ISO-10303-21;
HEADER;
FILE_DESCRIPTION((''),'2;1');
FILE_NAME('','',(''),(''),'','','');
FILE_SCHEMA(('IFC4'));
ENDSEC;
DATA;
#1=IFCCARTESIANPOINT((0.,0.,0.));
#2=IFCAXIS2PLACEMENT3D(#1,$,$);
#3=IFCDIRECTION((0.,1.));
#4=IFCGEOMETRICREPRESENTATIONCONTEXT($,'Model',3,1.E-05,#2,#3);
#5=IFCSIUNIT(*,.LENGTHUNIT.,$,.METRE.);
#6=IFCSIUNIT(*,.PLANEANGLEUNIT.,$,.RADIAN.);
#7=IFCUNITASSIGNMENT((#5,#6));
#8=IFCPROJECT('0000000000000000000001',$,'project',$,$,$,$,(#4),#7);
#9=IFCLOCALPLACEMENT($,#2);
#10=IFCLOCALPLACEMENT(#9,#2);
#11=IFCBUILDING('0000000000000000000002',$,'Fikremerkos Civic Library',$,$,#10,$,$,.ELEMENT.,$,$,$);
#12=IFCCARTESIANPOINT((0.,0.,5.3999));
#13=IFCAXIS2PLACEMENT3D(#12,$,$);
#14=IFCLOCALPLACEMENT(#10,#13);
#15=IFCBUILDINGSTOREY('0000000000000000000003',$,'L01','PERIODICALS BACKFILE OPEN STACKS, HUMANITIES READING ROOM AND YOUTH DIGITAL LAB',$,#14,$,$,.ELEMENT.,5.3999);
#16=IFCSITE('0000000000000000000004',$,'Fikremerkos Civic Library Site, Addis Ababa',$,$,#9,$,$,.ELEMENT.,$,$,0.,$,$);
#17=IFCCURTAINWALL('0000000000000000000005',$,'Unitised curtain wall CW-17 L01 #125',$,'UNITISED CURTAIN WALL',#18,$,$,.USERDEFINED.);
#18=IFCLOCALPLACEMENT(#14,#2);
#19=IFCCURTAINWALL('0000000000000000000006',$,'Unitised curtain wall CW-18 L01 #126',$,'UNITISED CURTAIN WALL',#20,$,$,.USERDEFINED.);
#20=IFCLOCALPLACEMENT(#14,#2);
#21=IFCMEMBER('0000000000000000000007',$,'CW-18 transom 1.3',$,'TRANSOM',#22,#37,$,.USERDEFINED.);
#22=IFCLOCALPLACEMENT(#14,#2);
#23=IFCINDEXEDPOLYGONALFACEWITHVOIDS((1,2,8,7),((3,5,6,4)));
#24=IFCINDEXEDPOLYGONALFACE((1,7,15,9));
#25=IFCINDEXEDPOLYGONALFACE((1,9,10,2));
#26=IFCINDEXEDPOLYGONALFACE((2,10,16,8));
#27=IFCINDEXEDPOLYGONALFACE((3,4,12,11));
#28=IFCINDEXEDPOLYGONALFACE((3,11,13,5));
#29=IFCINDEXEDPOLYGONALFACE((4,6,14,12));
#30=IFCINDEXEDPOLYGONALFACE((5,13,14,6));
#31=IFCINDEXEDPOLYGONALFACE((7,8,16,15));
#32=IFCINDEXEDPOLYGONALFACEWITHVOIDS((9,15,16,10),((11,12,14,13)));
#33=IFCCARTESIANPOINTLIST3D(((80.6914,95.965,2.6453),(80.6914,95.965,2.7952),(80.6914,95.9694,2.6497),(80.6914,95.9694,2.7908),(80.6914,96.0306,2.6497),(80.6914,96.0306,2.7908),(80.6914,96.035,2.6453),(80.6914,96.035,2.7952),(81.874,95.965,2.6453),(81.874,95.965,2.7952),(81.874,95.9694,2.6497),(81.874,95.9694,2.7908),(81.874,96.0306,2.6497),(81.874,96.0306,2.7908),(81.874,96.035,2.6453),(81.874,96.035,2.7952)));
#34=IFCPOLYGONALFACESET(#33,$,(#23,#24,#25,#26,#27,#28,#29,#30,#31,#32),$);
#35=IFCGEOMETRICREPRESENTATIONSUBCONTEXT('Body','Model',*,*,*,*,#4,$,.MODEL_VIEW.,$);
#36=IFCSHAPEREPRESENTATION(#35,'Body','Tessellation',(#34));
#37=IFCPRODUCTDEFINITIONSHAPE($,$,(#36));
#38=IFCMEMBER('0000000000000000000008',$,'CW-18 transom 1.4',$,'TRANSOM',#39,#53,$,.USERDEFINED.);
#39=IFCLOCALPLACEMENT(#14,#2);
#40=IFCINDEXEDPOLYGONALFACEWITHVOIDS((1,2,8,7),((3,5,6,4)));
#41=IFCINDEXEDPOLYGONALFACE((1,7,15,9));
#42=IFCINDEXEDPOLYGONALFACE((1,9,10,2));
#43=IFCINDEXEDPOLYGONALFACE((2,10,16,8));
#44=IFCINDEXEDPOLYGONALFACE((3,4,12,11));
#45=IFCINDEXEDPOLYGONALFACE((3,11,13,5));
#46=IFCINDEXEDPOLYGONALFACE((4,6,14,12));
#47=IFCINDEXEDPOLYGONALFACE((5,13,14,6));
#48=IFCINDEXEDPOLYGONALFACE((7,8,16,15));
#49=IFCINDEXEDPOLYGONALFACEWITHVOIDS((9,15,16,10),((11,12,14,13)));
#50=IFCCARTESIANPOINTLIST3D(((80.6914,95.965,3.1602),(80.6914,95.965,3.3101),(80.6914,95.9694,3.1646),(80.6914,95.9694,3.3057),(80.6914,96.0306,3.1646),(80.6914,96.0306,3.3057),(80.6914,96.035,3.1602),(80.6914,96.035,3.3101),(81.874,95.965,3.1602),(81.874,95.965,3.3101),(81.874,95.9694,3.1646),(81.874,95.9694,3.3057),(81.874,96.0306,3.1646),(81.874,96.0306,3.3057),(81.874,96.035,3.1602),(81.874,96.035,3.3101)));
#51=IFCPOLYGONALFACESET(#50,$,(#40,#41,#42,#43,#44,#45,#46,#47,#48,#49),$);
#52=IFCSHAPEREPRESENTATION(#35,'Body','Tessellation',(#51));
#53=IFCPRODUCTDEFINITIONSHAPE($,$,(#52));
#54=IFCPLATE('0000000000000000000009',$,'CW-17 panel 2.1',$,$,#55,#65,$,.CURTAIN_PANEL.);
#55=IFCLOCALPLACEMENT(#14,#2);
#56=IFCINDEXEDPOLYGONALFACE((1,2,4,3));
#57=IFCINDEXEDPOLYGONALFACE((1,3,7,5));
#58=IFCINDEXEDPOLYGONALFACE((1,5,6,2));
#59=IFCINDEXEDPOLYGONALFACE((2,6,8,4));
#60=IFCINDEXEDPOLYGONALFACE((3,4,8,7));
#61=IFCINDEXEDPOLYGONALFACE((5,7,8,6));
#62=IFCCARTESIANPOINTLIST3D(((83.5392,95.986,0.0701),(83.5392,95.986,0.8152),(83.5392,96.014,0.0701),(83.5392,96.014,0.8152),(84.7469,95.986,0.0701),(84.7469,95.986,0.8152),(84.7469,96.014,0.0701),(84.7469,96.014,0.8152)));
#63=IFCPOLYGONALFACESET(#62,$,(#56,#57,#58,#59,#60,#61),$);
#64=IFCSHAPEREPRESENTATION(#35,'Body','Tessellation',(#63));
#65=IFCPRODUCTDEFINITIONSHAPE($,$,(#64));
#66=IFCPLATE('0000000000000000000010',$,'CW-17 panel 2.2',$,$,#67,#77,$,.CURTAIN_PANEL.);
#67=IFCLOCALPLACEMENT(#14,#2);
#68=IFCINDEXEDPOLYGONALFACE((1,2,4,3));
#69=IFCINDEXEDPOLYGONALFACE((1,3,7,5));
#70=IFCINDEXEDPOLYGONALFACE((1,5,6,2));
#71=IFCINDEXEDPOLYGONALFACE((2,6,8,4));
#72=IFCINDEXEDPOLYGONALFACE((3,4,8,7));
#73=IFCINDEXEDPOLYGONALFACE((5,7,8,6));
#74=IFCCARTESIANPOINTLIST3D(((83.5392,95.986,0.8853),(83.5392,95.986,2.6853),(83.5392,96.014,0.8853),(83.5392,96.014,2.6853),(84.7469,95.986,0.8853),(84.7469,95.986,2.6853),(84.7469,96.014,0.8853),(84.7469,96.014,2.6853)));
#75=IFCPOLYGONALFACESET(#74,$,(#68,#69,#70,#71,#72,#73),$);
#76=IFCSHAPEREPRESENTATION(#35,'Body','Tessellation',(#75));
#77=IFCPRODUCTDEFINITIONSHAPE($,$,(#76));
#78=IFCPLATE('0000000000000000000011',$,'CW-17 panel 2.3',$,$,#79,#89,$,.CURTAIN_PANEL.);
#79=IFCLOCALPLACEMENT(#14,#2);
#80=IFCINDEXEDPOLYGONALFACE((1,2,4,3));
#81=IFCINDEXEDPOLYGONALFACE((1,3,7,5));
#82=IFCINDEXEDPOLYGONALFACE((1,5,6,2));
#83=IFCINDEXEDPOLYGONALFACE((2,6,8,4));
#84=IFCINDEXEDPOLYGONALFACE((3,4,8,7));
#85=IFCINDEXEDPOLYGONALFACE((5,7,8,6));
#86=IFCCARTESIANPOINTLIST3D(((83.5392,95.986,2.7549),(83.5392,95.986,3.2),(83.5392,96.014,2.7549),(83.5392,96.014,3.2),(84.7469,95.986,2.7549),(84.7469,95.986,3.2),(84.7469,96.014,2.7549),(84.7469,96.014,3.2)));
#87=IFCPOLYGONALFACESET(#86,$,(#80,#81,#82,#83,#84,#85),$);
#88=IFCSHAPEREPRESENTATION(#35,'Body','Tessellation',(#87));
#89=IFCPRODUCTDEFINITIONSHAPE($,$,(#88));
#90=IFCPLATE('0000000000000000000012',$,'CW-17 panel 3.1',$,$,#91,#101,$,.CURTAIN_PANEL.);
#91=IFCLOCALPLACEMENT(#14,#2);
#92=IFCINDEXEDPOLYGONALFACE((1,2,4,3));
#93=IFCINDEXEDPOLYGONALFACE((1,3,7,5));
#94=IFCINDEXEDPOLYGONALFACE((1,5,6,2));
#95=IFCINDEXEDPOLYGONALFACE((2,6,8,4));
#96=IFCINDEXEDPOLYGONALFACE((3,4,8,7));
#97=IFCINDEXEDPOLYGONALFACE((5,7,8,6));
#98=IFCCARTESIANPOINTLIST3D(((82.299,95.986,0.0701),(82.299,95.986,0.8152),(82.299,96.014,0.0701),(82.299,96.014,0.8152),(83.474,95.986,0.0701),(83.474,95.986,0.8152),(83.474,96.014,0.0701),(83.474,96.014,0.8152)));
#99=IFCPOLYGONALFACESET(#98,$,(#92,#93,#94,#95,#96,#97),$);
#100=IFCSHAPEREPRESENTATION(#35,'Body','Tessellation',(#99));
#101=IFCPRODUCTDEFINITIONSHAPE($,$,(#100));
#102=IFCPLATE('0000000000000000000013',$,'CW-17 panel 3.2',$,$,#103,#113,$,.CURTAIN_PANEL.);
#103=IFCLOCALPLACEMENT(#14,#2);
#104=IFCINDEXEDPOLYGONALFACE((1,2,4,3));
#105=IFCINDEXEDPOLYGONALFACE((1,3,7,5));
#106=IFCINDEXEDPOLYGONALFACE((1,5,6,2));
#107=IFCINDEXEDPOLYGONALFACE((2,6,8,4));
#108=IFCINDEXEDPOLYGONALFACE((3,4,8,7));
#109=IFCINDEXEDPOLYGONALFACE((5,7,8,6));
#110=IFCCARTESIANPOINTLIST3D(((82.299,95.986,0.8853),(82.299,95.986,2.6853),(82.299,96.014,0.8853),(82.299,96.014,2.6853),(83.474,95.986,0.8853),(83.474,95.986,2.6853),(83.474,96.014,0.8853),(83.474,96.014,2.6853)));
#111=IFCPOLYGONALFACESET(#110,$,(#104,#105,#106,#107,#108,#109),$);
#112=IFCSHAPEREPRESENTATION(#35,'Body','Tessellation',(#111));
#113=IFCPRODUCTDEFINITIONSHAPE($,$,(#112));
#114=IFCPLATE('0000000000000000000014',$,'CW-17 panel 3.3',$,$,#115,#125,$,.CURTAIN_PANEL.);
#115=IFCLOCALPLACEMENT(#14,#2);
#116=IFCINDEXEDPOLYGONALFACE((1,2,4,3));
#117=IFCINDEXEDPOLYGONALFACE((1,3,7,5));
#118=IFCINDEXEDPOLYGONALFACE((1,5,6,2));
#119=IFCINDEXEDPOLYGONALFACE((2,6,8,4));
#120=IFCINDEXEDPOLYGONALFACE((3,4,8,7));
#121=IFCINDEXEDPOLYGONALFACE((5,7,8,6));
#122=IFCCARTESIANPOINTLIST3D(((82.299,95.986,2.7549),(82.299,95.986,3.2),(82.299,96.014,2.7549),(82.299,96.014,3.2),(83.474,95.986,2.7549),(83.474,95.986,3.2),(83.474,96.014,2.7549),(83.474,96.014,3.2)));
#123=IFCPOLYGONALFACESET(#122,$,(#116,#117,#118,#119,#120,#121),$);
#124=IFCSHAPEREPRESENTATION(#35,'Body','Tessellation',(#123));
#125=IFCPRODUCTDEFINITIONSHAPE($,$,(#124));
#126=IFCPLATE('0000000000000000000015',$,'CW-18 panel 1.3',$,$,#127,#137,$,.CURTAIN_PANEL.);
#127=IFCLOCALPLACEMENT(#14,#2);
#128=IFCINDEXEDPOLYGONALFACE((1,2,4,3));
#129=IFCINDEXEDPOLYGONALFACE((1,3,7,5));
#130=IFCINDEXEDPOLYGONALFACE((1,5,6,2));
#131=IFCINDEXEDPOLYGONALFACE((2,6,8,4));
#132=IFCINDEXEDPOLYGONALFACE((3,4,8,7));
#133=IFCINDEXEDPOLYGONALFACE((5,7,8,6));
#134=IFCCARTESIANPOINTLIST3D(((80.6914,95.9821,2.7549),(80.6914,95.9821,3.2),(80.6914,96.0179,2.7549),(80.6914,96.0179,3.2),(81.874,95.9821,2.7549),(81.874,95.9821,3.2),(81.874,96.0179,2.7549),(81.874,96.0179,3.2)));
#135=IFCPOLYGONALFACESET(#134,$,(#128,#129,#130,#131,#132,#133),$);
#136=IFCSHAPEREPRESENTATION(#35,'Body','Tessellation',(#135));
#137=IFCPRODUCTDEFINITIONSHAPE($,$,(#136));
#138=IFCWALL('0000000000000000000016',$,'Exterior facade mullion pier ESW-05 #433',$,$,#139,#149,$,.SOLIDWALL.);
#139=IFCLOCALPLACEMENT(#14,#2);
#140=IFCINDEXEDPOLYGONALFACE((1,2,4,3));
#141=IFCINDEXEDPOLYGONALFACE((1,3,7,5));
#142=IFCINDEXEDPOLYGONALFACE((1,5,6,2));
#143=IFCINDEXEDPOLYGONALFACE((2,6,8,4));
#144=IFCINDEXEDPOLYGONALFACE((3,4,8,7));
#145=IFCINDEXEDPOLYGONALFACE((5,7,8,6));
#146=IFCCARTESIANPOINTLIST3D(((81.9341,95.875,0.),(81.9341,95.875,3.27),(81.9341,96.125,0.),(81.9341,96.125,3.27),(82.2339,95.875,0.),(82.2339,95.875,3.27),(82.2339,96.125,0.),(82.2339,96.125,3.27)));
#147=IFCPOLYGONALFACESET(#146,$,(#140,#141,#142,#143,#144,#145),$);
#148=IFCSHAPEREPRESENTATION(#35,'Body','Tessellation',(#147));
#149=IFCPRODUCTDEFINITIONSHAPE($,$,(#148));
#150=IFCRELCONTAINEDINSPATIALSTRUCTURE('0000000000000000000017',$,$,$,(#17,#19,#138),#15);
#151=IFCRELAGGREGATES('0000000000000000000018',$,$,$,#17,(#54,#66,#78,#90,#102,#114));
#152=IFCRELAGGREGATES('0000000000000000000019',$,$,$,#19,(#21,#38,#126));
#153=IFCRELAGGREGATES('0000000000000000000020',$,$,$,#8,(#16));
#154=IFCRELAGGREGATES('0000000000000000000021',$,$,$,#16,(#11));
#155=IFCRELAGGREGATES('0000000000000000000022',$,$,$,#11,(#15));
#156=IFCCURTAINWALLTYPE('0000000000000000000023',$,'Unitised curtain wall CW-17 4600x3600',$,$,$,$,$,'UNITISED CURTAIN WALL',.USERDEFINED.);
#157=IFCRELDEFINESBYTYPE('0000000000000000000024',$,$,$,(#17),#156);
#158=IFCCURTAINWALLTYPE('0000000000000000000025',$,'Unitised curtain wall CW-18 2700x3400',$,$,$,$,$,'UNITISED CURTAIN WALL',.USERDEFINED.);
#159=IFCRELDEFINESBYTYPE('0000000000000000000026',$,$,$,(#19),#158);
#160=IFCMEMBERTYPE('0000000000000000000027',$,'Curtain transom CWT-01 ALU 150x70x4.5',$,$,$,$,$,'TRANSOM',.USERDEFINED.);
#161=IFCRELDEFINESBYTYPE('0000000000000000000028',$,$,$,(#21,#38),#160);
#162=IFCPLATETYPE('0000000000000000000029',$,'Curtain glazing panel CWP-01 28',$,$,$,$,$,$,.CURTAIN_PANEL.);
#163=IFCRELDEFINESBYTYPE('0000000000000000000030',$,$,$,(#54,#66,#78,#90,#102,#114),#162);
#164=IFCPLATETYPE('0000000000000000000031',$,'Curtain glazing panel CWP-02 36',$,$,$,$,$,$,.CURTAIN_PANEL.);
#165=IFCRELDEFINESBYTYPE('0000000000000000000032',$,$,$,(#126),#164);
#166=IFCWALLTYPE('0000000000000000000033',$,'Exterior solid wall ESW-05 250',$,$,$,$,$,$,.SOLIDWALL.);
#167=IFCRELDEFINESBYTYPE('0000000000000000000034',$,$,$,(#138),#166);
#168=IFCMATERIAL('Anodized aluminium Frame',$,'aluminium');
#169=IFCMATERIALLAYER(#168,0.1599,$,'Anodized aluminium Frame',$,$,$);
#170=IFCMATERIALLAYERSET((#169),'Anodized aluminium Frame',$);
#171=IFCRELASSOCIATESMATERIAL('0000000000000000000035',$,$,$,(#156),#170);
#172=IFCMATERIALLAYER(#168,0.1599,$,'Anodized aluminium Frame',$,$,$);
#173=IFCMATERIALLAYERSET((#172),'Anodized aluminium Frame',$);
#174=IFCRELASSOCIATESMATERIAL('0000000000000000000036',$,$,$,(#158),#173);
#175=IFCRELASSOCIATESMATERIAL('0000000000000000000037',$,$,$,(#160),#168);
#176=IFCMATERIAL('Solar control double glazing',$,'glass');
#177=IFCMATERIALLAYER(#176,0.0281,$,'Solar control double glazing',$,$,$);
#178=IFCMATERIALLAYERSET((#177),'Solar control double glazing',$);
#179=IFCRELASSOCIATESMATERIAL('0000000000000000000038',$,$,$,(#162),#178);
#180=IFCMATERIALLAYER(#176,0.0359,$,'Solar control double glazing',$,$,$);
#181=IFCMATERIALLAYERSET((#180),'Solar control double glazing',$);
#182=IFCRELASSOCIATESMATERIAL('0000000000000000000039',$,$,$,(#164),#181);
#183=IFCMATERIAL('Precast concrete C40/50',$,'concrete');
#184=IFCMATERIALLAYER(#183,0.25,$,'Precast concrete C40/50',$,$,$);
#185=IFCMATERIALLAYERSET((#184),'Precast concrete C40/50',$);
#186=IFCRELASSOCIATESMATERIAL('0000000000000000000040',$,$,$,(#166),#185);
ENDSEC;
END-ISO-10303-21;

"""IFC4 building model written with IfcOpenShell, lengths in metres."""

from ifc_helpers import new_model, si_unit, direction, frame, frame_2d, origin, origin_2d, place, context, subcontext, project, spatial, rectangle, hollow_rectangle, extrude, material, layer, layer_set, material_profile, profile_set, type_object, element, aggregate, save


model = new_model("IFC4")

# Units and contexts
model_context = context("Model", 3, precision=1e-05, world=origin(), true_north=direction((0.0, 1.0)))
body_context = subcontext(model_context, "Body", "Model", "MODEL_VIEW")
ifc_project = project(units=[si_unit("LENGTHUNIT", "METRE"), si_unit("PLANEANGLEUNIT", "RADIAN")], contexts=[model_context])

# Site, building, storey
site_placement = place(None, origin())
site = spatial("IfcSite", under=ifc_project, at=site_placement, Name="Fikremerkos Civic Library Site, Addis Ababa", CompositionType="ELEMENT", RefElevation=0.0)
building_placement = place(site_placement, origin())
building = spatial("IfcBuilding", under=site, at=building_placement, Name="Fikremerkos Civic Library", CompositionType="ELEMENT")
storey_placement = place(building_placement, frame((0.0, 0.0, 5.3999)))
storey = spatial("IfcBuildingStorey", under=building, at=storey_placement, Name="L01", Description="PERIODICALS BACKFILE OPEN STACKS, HUMANITIES READING ROOM AND YOUTH DIGITAL LAB", CompositionType="ELEMENT", Elevation=5.3999)

# Curtain wall
ifc_material_1 = material(Name="Anodized aluminium Frame", Category="aluminium")
ifc_layer_1 = layer(ifc_material_1, 0.1599, Name="Anodized aluminium Frame")
ifc_layer_set_1 = layer_set([ifc_layer_1], Name="Anodized aluminium Frame")
curtain_wall_type_1 = type_object("IfcCurtainWallType", Name="Unitised curtain wall CW-17 4600x3600", ElementType="UNITISED CURTAIN WALL", PredefinedType="USERDEFINED", material=ifc_layer_set_1)
curtain_wall_1_placement = place(storey_placement, origin())
curtain_wall_1 = element("IfcCurtainWall", 1, at=curtain_wall_1_placement, inside=storey, type_object=curtain_wall_type_1, Name="Unitised curtain wall CW-17 L01 #125", ObjectType="UNITISED CURTAIN WALL", PredefinedType="USERDEFINED")

# Curtain wall
ifc_layer_2 = layer(ifc_material_1, 0.1599, Name="Anodized aluminium Frame")
ifc_layer_set_2 = layer_set([ifc_layer_2], Name="Anodized aluminium Frame")
curtain_wall_type_2 = type_object("IfcCurtainWallType", Name="Unitised curtain wall CW-18 2700x3400", ElementType="UNITISED CURTAIN WALL", PredefinedType="USERDEFINED", material=ifc_layer_set_2)
curtain_wall_2_placement = place(storey_placement, origin())
curtain_wall_2 = element("IfcCurtainWall", 2, at=curtain_wall_2_placement, inside=storey, type_object=curtain_wall_type_2, Name="Unitised curtain wall CW-18 L01 #126", ObjectType="UNITISED CURTAIN WALL", PredefinedType="USERDEFINED")

# Members
ifc_material_profile_1 = material_profile(ifc_material_1, hollow_rectangle(XDim=0.0701, YDim=0.1499, WallThickness=0.0044, at=origin_2d()), Name="ALU 150x70x4.5")
ifc_profile_set_1 = profile_set([ifc_material_profile_1], Name="Anodized aluminium Frame")
member_type_1 = type_object("IfcMemberType", Name="Curtain transom CWT-01 ALU 150x70x4.5", ElementType="TRANSOM", PredefinedType="USERDEFINED", material=ifc_profile_set_1)
member_1_placement = place(storey_placement, frame((81.874, 96.0, 2.7202), z_axis=(-1.0, 0.0, 0.0), x_axis=(0.0, -1.0, 0.0)))
member_1 = element("IfcMember", 3, at=member_1_placement, type_object=member_type_1, Name="CW-18 transom 1.3", ObjectType="TRANSOM", PredefinedType="USERDEFINED", context=body_context, shape_type="SweptSolid", body=[
    extrude(hollow_rectangle(XDim=0.0701, YDim=0.1499, WallThickness=0.0044, at=origin_2d()), origin(), (0.0, 0.0, 1.0), 1.1826),
])
member_2_placement = place(storey_placement, frame((81.874, 96.0, 3.2351), z_axis=(-1.0, 0.0, 0.0), x_axis=(0.0, -1.0, 0.0)))
member_2 = element("IfcMember", 4, at=member_2_placement, type_object=member_type_1, Name="CW-18 transom 1.4", ObjectType="TRANSOM", PredefinedType="USERDEFINED", context=body_context, shape_type="SweptSolid", body=[
    extrude(hollow_rectangle(XDim=0.0701, YDim=0.1499, WallThickness=0.0044, at=origin_2d()), origin(), (0.0, 0.0, 1.0), 1.1826),
])

# Plates
ifc_material_2 = material(Name="Solar control double glazing", Category="glass")
ifc_layer_3 = layer(ifc_material_2, 0.0281, Name="Solar control double glazing")
ifc_layer_set_3 = layer_set([ifc_layer_3], Name="Solar control double glazing")
plate_type_1 = type_object("IfcPlateType", Name="Curtain glazing panel CWP-01 28", PredefinedType="CURTAIN_PANEL", material=ifc_layer_set_3)
plate_1_placement = place(storey_placement, frame((84.1431, 96.0, 0.0701), z_axis=(0.0, 0.0, 1.0), x_axis=(-1.0, 0.0, 0.0)))
plate_1 = element("IfcPlate", 5, at=plate_1_placement, type_object=plate_type_1, Name="CW-17 panel 2.1", PredefinedType="CURTAIN_PANEL", context=body_context, shape_type="SweptSolid", body=[
    extrude(rectangle(XDim=1.2078, YDim=0.0281, at=origin_2d()), origin(), (0.0, 0.0, 1.0), 0.7451),
])
plate_2_placement = place(storey_placement, frame((84.1431, 96.0, 0.8853), z_axis=(0.0, 0.0, 1.0), x_axis=(-1.0, 0.0, 0.0)))
plate_2 = element("IfcPlate", 6, at=plate_2_placement, type_object=plate_type_1, Name="CW-17 panel 2.2", PredefinedType="CURTAIN_PANEL", context=body_context, shape_type="SweptSolid", body=[
    extrude(rectangle(XDim=1.2078, YDim=0.0281, at=origin_2d()), origin(), (0.0, 0.0, 1.0), 1.8),
])
plate_3_placement = place(storey_placement, frame((84.1431, 96.0, 2.7549), z_axis=(0.0, 0.0, 1.0), x_axis=(-1.0, 0.0, 0.0)))
plate_3 = element("IfcPlate", 7, at=plate_3_placement, type_object=plate_type_1, Name="CW-17 panel 2.3", PredefinedType="CURTAIN_PANEL", context=body_context, shape_type="SweptSolid", body=[
    extrude(rectangle(XDim=1.2078, YDim=0.0281, at=origin_2d()), origin(), (0.0, 0.0, 1.0), 0.4451),
])
plate_4_placement = place(storey_placement, frame((82.8865, 96.0, 0.0701), z_axis=(0.0, 0.0, 1.0), x_axis=(-1.0, 0.0, 0.0)))
plate_4 = element("IfcPlate", 8, at=plate_4_placement, type_object=plate_type_1, Name="CW-17 panel 3.1", PredefinedType="CURTAIN_PANEL", context=body_context, shape_type="SweptSolid", body=[
    extrude(rectangle(XDim=1.175, YDim=0.0281, at=origin_2d()), origin(), (0.0, 0.0, 1.0), 0.7451),
])
plate_5_placement = place(storey_placement, frame((82.8865, 96.0, 0.8853), z_axis=(0.0, 0.0, 1.0), x_axis=(-1.0, 0.0, 0.0)))
plate_5 = element("IfcPlate", 9, at=plate_5_placement, type_object=plate_type_1, Name="CW-17 panel 3.2", PredefinedType="CURTAIN_PANEL", context=body_context, shape_type="SweptSolid", body=[
    extrude(rectangle(XDim=1.175, YDim=0.0281, at=origin_2d()), origin(), (0.0, 0.0, 1.0), 1.8),
])
plate_6_placement = place(storey_placement, frame((82.8865, 96.0, 2.7549), z_axis=(0.0, 0.0, 1.0), x_axis=(-1.0, 0.0, 0.0)))
plate_6 = element("IfcPlate", 10, at=plate_6_placement, type_object=plate_type_1, Name="CW-17 panel 3.3", PredefinedType="CURTAIN_PANEL", context=body_context, shape_type="SweptSolid", body=[
    extrude(rectangle(XDim=1.175, YDim=0.0281, at=origin_2d()), origin(), (0.0, 0.0, 1.0), 0.4451),
])
aggregate(curtain_wall_1, [plate_1, plate_2, plate_3, plate_4, plate_5, plate_6])
ifc_layer_4 = layer(ifc_material_2, 0.0359, Name="Solar control double glazing")
ifc_layer_set_4 = layer_set([ifc_layer_4], Name="Solar control double glazing")
plate_type_2 = type_object("IfcPlateType", Name="Curtain glazing panel CWP-02 36", PredefinedType="CURTAIN_PANEL", material=ifc_layer_set_4)
plate_7_placement = place(storey_placement, frame((81.2827, 96.0, 2.7549), z_axis=(0.0, 0.0, 1.0), x_axis=(-1.0, 0.0, 0.0)))
plate_7 = element("IfcPlate", 11, at=plate_7_placement, type_object=plate_type_2, Name="CW-18 panel 1.3", PredefinedType="CURTAIN_PANEL", context=body_context, shape_type="SweptSolid", body=[
    extrude(rectangle(XDim=1.1826, YDim=0.0359, at=origin_2d()), origin(), (0.0, 0.0, 1.0), 0.4451),
])
aggregate(curtain_wall_2, [member_1, member_2, plate_7])

# Wall
ifc_material_3 = material(Name="Precast concrete C40/50", Category="concrete")
ifc_layer_5 = layer(ifc_material_3, 0.25, Name="Precast concrete C40/50")
ifc_layer_set_5 = layer_set([ifc_layer_5], Name="Precast concrete C40/50")
wall_type = type_object("IfcWallType", Name="Exterior solid wall ESW-05 250", PredefinedType="SOLIDWALL", material=ifc_layer_set_5)
wall_placement = place(storey_placement, frame((82.2339, 96.0, 0.0), z_axis=(0.0, 0.0, 1.0), x_axis=(-1.0, 0.0, 0.0)))
element("IfcWall", 12, at=wall_placement, inside=storey, type_object=wall_type, Name="Exterior facade mullion pier ESW-05 #433", PredefinedType="SOLIDWALL", context=body_context, shape_type="SweptSolid", body=[
    extrude(rectangle(XDim=0.2998, YDim=0.25, at=frame_2d((0.1499, 0.0))), origin(), (0.0, 0.0, 1.0), 3.27),
])

save(model, "model.ifc")
